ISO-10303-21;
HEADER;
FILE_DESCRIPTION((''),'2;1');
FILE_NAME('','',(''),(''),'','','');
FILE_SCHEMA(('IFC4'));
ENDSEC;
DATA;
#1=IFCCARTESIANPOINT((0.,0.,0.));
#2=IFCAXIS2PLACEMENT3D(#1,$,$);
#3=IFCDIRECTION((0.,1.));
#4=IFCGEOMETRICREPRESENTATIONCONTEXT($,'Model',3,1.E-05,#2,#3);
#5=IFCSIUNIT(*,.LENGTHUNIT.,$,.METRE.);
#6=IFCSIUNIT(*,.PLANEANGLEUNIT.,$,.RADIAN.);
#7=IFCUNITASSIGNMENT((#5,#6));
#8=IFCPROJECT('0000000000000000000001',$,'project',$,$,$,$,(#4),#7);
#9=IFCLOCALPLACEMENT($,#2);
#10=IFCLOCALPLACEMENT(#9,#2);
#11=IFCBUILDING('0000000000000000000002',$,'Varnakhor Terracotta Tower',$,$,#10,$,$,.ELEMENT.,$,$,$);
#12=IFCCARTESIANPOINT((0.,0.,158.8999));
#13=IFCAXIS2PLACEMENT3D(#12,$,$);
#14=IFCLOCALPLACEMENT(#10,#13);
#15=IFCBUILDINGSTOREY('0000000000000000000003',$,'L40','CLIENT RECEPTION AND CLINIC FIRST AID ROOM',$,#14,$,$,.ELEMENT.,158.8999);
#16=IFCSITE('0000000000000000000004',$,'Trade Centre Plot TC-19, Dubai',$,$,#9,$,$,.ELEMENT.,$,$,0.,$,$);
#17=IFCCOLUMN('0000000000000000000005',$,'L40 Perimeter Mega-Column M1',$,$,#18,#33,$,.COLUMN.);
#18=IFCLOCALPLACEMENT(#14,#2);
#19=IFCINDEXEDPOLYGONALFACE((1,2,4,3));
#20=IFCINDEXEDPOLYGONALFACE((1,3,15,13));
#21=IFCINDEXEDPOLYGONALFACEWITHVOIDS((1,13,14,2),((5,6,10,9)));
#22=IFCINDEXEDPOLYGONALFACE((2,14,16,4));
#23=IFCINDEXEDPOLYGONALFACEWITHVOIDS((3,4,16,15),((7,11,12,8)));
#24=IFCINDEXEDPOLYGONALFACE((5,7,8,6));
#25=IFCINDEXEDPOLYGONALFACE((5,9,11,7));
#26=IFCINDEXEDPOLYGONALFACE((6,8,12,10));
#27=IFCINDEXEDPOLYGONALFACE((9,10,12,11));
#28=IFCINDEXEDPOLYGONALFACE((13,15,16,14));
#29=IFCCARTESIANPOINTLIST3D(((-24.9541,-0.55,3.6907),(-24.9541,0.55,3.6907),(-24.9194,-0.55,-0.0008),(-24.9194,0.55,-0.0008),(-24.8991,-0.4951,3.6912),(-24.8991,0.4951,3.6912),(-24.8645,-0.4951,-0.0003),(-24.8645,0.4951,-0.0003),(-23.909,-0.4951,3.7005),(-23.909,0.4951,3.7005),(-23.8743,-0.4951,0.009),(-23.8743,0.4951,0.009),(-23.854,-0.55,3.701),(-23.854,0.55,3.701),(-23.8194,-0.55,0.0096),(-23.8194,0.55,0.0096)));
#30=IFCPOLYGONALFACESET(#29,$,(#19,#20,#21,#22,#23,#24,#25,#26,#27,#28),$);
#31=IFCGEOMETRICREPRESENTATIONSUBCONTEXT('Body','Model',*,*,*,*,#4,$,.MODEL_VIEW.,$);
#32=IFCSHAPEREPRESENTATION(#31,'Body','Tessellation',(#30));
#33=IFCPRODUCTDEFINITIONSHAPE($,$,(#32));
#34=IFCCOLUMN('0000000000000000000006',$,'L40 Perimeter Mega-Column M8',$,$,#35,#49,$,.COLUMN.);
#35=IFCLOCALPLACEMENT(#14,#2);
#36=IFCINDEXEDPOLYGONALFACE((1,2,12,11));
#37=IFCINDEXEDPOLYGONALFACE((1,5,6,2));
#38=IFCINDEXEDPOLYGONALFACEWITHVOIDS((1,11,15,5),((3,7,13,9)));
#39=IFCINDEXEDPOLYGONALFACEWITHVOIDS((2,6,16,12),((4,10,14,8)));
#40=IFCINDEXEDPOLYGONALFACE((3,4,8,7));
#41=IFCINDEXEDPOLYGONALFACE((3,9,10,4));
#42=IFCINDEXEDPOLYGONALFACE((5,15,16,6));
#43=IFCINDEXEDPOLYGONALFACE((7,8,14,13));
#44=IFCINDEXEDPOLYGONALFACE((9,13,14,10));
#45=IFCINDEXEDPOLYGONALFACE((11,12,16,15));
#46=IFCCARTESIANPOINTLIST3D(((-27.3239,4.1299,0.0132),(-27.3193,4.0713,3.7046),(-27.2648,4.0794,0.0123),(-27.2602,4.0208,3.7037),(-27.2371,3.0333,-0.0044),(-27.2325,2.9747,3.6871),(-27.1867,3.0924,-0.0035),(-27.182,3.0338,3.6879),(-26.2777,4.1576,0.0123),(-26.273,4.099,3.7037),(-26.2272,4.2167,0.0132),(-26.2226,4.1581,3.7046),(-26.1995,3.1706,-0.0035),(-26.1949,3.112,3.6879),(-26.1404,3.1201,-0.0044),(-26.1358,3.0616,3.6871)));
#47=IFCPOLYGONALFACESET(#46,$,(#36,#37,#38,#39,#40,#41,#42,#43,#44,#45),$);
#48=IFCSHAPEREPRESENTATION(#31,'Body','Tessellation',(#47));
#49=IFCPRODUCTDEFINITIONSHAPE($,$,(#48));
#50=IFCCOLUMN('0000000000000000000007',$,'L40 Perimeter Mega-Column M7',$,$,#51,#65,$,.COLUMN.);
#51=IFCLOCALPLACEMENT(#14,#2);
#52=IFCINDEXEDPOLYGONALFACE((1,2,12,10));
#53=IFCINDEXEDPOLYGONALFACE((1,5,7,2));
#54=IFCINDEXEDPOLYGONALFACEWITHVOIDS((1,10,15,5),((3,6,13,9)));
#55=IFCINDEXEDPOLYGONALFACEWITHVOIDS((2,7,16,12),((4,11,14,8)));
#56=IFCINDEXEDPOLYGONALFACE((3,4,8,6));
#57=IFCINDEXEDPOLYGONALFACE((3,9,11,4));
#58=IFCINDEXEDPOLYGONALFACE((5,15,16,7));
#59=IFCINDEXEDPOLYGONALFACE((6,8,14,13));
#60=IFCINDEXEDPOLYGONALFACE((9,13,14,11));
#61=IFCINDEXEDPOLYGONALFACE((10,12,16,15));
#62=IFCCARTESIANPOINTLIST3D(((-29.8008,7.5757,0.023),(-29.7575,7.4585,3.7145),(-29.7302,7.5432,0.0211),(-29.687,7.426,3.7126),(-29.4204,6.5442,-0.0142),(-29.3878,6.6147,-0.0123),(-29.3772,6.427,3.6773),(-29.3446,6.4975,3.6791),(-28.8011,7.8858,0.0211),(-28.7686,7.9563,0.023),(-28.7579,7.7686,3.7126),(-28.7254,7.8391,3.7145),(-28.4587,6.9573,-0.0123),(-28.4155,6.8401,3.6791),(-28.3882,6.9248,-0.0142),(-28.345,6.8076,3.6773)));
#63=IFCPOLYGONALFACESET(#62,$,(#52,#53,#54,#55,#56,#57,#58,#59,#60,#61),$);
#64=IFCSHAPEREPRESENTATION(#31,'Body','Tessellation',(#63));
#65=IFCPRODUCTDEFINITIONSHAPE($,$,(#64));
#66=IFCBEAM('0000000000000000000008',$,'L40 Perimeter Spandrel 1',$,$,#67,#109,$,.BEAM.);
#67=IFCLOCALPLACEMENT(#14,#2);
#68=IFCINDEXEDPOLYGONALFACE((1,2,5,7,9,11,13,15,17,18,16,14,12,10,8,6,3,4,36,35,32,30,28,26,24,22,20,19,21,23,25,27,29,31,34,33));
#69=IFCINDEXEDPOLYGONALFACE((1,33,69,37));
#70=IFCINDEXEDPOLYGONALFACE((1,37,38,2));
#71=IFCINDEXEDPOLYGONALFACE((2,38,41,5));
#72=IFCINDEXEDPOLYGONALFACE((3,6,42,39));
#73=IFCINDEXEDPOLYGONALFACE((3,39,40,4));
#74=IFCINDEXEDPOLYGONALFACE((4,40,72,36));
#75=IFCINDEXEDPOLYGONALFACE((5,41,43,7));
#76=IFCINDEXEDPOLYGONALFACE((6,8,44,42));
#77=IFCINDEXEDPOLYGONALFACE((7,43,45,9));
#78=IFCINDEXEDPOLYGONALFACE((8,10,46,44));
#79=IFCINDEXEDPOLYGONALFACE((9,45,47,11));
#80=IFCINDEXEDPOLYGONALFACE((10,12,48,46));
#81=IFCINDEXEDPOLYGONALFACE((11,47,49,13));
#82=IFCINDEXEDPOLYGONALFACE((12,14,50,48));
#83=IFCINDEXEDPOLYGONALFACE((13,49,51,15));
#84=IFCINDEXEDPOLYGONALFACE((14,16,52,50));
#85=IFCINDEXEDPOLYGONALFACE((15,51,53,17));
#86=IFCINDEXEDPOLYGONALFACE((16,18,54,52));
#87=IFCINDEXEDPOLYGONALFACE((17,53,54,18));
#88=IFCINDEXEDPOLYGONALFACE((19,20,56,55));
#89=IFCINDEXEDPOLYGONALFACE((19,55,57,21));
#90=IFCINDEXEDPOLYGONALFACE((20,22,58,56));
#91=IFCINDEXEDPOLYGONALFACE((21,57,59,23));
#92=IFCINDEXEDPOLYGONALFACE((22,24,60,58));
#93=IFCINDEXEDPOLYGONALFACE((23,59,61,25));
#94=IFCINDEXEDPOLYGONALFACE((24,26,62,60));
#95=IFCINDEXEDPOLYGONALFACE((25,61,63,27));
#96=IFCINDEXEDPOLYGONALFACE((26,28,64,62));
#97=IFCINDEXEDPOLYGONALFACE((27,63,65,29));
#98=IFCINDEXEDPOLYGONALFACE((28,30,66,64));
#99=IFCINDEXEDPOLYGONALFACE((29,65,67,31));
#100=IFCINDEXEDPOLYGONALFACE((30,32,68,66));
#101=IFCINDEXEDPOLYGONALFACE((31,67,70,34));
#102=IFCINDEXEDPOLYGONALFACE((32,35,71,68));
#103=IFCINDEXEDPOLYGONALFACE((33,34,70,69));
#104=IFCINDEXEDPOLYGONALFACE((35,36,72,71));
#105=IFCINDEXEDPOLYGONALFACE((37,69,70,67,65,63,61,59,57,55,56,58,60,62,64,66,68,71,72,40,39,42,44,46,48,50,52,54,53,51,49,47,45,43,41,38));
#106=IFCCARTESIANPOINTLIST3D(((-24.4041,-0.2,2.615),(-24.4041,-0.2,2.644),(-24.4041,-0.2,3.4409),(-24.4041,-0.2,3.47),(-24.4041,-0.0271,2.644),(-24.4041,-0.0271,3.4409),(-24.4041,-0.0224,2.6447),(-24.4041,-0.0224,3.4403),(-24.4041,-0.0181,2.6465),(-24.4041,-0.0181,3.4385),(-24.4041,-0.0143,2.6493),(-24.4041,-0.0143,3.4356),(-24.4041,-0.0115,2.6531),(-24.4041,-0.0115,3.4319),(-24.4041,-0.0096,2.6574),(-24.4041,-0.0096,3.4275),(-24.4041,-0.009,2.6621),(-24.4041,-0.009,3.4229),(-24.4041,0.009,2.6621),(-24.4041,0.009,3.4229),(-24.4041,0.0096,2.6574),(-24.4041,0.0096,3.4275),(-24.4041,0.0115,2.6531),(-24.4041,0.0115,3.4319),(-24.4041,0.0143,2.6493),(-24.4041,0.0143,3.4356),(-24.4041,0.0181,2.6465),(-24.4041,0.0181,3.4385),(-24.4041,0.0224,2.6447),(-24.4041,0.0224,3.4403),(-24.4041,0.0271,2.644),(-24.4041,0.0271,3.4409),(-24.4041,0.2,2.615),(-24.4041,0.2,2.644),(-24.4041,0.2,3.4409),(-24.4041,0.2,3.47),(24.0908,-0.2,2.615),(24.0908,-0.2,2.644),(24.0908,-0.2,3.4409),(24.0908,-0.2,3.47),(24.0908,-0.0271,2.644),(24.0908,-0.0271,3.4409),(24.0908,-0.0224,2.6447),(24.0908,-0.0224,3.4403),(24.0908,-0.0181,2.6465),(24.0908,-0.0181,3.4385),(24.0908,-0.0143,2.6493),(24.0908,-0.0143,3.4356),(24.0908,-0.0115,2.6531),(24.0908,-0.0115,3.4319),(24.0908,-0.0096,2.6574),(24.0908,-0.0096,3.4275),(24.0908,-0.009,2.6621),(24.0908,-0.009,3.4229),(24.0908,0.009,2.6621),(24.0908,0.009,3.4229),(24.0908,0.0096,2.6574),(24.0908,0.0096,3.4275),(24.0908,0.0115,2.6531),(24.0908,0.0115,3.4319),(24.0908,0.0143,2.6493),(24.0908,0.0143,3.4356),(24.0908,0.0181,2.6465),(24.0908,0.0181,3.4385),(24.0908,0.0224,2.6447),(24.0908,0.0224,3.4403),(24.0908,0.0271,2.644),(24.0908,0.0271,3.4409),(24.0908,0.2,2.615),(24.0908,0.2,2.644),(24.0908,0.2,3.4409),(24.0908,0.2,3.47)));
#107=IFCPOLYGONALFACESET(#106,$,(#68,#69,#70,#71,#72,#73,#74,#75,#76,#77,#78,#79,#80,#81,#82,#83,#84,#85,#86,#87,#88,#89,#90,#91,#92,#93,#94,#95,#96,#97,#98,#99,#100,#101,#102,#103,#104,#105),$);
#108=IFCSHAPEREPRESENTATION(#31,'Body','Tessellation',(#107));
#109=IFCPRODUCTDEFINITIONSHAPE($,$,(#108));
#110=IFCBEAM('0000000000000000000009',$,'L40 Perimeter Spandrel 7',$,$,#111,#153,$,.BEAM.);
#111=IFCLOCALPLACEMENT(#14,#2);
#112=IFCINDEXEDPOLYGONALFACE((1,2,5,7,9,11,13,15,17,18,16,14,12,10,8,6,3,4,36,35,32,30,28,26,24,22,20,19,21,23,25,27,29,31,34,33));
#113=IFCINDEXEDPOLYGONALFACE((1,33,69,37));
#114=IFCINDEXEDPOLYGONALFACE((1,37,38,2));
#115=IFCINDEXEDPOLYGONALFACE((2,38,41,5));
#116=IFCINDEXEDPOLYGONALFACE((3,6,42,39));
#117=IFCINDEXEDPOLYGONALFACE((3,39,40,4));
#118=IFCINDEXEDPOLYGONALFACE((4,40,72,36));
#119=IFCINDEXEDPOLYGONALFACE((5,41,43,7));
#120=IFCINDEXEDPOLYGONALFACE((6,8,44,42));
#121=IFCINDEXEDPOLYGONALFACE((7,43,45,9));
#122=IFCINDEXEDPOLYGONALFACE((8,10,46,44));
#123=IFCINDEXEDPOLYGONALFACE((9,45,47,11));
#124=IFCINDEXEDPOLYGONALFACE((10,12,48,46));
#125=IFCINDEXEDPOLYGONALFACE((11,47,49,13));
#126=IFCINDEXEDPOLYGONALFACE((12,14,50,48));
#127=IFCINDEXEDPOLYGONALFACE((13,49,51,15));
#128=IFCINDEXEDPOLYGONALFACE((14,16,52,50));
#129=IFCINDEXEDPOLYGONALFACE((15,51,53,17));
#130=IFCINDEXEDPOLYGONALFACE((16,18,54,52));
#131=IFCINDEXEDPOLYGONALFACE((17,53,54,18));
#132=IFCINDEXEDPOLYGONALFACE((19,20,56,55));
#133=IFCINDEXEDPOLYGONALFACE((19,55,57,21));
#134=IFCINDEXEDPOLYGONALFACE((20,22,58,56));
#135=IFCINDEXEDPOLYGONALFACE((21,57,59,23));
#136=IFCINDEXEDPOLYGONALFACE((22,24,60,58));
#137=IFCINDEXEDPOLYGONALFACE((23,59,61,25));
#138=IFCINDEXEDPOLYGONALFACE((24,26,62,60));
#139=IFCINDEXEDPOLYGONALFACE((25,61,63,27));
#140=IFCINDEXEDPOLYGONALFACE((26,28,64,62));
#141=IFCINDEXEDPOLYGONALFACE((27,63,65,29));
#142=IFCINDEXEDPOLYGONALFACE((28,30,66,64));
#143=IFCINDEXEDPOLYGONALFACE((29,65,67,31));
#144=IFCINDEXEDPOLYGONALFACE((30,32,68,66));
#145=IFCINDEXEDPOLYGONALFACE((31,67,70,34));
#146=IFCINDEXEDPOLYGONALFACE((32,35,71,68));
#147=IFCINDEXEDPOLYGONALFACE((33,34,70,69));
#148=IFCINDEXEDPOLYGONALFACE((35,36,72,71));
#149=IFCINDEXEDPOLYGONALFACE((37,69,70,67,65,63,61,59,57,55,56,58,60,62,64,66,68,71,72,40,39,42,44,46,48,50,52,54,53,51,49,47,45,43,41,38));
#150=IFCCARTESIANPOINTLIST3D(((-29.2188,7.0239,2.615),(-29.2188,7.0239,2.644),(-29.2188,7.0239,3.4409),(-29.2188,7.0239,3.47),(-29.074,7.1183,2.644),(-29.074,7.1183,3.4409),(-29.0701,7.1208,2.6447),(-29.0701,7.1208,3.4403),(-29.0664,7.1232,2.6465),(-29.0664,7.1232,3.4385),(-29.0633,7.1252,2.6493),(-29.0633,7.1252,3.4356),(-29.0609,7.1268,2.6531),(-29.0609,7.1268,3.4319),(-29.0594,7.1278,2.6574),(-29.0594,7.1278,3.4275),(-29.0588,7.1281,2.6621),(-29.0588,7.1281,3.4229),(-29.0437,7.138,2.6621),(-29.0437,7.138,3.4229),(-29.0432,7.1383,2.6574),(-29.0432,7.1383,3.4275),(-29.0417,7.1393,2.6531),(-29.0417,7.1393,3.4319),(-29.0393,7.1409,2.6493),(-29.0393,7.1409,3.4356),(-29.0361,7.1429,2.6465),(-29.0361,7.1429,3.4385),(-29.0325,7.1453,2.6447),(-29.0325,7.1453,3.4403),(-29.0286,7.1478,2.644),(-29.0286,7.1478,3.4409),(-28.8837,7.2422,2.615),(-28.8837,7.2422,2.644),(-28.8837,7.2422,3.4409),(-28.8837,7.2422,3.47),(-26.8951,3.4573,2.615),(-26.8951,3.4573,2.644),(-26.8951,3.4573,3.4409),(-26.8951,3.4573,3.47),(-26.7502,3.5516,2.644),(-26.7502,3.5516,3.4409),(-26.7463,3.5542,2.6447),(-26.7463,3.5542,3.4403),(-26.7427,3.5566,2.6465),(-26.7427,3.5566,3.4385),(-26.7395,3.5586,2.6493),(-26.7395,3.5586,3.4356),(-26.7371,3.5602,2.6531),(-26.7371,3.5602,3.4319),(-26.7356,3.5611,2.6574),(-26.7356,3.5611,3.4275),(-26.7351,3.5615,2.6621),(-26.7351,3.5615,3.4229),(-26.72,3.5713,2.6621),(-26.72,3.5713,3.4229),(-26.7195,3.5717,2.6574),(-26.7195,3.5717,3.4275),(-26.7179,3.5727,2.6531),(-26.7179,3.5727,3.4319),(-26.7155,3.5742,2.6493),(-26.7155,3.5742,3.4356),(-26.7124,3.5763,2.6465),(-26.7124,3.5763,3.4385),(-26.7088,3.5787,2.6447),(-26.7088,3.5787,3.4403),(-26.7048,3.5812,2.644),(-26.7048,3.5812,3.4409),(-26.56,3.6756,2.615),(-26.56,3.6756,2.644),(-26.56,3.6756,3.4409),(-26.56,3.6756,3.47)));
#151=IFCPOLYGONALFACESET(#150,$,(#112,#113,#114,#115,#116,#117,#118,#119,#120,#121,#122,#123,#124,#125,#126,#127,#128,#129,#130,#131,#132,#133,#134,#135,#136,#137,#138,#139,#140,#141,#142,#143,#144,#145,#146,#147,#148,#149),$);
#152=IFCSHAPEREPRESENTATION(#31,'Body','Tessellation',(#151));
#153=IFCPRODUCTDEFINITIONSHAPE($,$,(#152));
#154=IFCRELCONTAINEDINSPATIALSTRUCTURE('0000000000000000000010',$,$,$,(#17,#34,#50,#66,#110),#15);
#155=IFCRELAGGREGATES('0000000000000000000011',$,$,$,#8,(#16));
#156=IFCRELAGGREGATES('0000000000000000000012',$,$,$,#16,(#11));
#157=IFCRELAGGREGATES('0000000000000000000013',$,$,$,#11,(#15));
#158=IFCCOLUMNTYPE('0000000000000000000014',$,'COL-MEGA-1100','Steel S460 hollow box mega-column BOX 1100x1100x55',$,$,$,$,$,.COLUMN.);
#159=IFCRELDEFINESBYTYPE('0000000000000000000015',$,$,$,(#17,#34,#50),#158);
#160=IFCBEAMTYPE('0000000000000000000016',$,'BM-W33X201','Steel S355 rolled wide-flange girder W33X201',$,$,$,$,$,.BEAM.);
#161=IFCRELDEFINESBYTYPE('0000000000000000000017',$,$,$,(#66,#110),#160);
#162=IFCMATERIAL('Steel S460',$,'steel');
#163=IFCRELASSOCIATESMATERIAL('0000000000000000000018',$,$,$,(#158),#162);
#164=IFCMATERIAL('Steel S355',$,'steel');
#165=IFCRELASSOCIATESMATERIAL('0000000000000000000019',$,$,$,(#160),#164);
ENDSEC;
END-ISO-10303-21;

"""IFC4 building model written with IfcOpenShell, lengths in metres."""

from ifc_helpers import new_model, si_unit, direction, frame, origin, origin_2d, place, context, subcontext, project, spatial, hollow_rectangle, i_section, extrude, source, transform, mapped, material, material_profile, profile_set, type_object, element, save


model = new_model("IFC4")

# Units and contexts
model_context = context("Model", 3, precision=1e-05, world=origin(), true_north=direction((0.0, 1.0)))
body_context = subcontext(model_context, "Body", "Model", "MODEL_VIEW")
ifc_project = project(units=[si_unit("LENGTHUNIT", "METRE"), si_unit("PLANEANGLEUNIT", "RADIAN")], contexts=[model_context])

# Site, building, storey
site_placement = place(None, origin())
site = spatial("IfcSite", under=ifc_project, at=site_placement, Name="Trade Centre Plot TC-19, Dubai", CompositionType="ELEMENT", RefElevation=0.0)
building_placement = place(site_placement, origin())
building = spatial("IfcBuilding", under=site, at=building_placement, Name="Varnakhor Terracotta Tower", CompositionType="ELEMENT")
storey_placement = place(building_placement, frame((0.0, 0.0, 158.8999)))
storey = spatial("IfcBuildingStorey", under=building, at=storey_placement, Name="L40", Description="CLIENT RECEPTION AND CLINIC FIRST AID ROOM", CompositionType="ELEMENT", Elevation=158.8999)

# Columns
ifc_material_1 = material(Name="Steel S460", Category="steel")
ifc_material_profile_1 = material_profile(ifc_material_1, hollow_rectangle(XDim=1.1001, YDim=1.1001, WallThickness=0.0549, at=origin_2d()), Name="BOX 1100x1100x55")
ifc_profile_set_1 = profile_set([ifc_material_profile_1], Name="Steel S460")
column_type = type_object("IfcColumnType", Name="COL-MEGA-1100", Description="Steel S460 hollow box mega-column BOX 1100x1100x55", PredefinedType="COLUMN", material=ifc_profile_set_1)
shared_shape_1 = source(origin(), body_context, "Body", "SweptSolid", [
    extrude(hollow_rectangle(XDim=1.1001, YDim=1.1001, WallThickness=0.0549, at=origin_2d()), origin(), (0.0, 0.0, 1.0), 3.6917),
])
column_1_placement = place(storey_placement, frame((-24.3694, 0.0, 0.0044), z_axis=(-0.009391, 0.0, 0.999956), x_axis=(0.0, -1.0, 0.0)))
element("IfcColumn", 1, at=column_1_placement, inside=storey, type_object=column_type, Name="L40 Perimeter Mega-Column M1", PredefinedType="COLUMN", context=body_context, shape_type="MappedRepresentation", body=[
    mapped(shared_shape_1, transform((0.0, 0.0, 0.0), scale=1.0)),
])
shared_shape_2 = source(origin(), body_context, "Body", "SweptSolid", [
    extrude(hollow_rectangle(XDim=1.1001, YDim=1.1001, WallThickness=0.0549, at=origin_2d()), origin(), (0.0, 0.0, 1.0), 3.6919),
])
column_2_placement = place(storey_placement, frame((-26.7322, 3.625, 0.0044), z_axis=(0.001256, -0.015871, 0.999873), x_axis=(0.996881, 0.07892, 0.0)))
element("IfcColumn", 2, at=column_2_placement, inside=storey, type_object=column_type, Name="L40 Perimeter Mega-Column M8", PredefinedType="COLUMN", context=body_context, shape_type="MappedRepresentation", body=[
    mapped(shared_shape_2, transform((0.0, 0.0, 0.0), scale=1.0)),
])
shared_shape_3 = source(origin(), body_context, "Body", "SweptSolid", [
    extrude(hollow_rectangle(XDim=1.1001, YDim=1.1001, WallThickness=0.0549, at=origin_2d()), origin(), (0.0, 0.0, 1.0), 3.6936),
])
column_3_placement = place(storey_placement, frame((-29.0945, 7.2502, 0.0044), z_axis=(0.0117, -0.031728, 0.999428), x_axis=(0.938243, 0.345977, 0.0)))
element("IfcColumn", 3, at=column_3_placement, inside=storey, type_object=column_type, Name="L40 Perimeter Mega-Column M7", PredefinedType="COLUMN", context=body_context, shape_type="MappedRepresentation", body=[
    mapped(shared_shape_3, transform((0.0, 0.0, 0.0), scale=1.0)),
])

# Beams
ifc_material_2 = material(Name="Steel S355", Category="steel")
ifc_material_profile_2 = material_profile(ifc_material_2, i_section(OverallWidth=0.3999, OverallDepth=0.855, WebThickness=0.0181, FlangeThickness=0.0291, FilletRadius=0.0181, at=origin_2d()), Name="W33X201")
ifc_profile_set_2 = profile_set([ifc_material_profile_2], Name="Steel S355")
beam_type_1 = type_object("IfcBeamType", Name="BM-W33X201", Description="Steel S355 rolled wide-flange girder W33X201", PredefinedType="BEAM", material=ifc_profile_set_2)
shared_shape_4 = source(origin(), body_context, "Body", "SweptSolid", [
    extrude(i_section(OverallWidth=0.3999, OverallDepth=0.855, WebThickness=0.0181, FlangeThickness=0.0291, FilletRadius=0.0181, at=origin_2d()), origin(), (0.0, 0.0, 1.0), 48.4949),
])
beam_1_placement = place(storey_placement, frame((-24.4041, 0.0, 3.0425), z_axis=(1.0, 0.0, 0.0), x_axis=(0.0, 1.0, 0.0)))
element("IfcBeam", 4, at=beam_1_placement, inside=storey, type_object=beam_type_1, Name="L40 Perimeter Spandrel 1", PredefinedType="BEAM", context=body_context, shape_type="MappedRepresentation", body=[
    mapped(shared_shape_4, transform((0.0, 0.0, 0.0), scale=1.0)),
])
shared_shape_5 = source(origin(), body_context, "Body", "SweptSolid", [
    extrude(i_section(OverallWidth=0.3999, OverallDepth=0.855, WebThickness=0.0181, FlangeThickness=0.0291, FilletRadius=0.0181, at=origin_2d()), origin(), (0.0, 0.0, 1.0), 4.2568),
])
beam_2_placement = place(storey_placement, frame((-29.0513, 7.1331, 3.0425), z_axis=(0.545881, -0.837863, 0.0), x_axis=(0.837863, 0.545881, 0.0)))
element("IfcBeam", 5, at=beam_2_placement, inside=storey, type_object=beam_type_1, Name="L40 Perimeter Spandrel 7", PredefinedType="BEAM", context=body_context, shape_type="MappedRepresentation", body=[
    mapped(shared_shape_5, transform((0.0, 0.0, 0.0), scale=1.0)),
])

save(model, "model.ifc")
